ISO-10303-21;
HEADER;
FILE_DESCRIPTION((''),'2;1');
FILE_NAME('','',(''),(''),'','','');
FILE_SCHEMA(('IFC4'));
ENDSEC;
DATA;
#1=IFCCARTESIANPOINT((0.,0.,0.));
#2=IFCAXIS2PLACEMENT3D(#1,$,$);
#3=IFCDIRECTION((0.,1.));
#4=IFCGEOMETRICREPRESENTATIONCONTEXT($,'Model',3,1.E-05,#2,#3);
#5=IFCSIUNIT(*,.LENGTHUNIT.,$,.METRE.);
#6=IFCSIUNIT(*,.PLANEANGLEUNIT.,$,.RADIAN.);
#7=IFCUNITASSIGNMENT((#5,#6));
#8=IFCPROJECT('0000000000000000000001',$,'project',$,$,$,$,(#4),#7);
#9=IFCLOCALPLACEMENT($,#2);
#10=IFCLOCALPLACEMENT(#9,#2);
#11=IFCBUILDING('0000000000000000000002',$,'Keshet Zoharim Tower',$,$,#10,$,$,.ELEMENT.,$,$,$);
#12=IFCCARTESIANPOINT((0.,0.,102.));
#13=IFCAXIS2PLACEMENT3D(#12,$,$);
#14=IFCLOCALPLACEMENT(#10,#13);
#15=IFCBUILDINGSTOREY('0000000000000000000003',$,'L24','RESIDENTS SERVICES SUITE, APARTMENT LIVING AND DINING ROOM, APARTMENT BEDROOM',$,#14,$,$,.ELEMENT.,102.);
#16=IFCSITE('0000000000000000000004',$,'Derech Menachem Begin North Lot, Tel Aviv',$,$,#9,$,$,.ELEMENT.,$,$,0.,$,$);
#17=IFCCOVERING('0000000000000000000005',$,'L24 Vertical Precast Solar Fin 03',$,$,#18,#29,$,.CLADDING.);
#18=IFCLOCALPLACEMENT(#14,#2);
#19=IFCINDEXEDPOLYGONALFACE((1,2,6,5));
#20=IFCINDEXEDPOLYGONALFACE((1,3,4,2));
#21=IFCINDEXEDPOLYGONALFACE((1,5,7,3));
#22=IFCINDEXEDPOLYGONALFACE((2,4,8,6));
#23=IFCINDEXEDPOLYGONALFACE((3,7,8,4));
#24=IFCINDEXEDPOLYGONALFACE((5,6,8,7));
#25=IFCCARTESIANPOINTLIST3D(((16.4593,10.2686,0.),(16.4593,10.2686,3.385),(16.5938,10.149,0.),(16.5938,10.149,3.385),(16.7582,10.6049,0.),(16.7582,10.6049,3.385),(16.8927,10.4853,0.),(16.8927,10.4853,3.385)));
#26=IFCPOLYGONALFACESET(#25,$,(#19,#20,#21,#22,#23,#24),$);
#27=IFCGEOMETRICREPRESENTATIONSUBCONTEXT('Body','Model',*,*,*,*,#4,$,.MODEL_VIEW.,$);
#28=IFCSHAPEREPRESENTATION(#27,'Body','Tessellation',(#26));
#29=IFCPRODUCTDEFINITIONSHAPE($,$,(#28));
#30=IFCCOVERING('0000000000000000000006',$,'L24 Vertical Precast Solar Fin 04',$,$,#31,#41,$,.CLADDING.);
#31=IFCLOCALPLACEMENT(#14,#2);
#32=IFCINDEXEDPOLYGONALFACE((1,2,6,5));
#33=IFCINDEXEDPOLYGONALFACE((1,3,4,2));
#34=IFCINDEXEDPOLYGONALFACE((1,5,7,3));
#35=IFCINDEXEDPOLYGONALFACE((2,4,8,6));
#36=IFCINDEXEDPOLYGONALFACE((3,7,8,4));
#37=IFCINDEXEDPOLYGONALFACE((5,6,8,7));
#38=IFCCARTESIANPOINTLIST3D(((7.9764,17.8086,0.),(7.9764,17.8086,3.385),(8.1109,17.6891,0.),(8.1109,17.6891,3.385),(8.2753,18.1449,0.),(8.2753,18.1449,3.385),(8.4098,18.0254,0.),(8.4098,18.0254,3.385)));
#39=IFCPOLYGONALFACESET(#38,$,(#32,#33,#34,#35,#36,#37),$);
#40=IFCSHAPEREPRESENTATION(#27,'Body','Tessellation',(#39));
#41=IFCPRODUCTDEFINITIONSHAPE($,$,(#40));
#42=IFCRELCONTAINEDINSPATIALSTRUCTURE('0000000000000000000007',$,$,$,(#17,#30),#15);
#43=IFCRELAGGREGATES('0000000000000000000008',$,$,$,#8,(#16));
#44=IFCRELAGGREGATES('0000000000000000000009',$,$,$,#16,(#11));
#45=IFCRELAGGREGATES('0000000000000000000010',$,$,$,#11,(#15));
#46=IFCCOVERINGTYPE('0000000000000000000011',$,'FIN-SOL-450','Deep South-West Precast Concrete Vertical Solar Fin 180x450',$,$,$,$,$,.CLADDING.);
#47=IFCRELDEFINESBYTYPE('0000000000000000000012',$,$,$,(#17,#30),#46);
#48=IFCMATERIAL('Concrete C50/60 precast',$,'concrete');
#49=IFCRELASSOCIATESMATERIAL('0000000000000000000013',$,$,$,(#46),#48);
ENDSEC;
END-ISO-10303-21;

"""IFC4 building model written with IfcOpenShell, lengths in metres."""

from ifc_helpers import new_model, si_unit, direction, frame, origin, origin_2d, place, context, subcontext, project, spatial, rectangle, extrude, material, type_object, element, save


model = new_model("IFC4")

# Units and contexts
model_context = context("Model", 3, precision=1e-05, world=origin(), true_north=direction((0.0, 1.0)))
body_context = subcontext(model_context, "Body", "Model", "MODEL_VIEW")
ifc_project = project(units=[si_unit("LENGTHUNIT", "METRE"), si_unit("PLANEANGLEUNIT", "RADIAN")], contexts=[model_context])

# Site, building, storey
site_placement = place(None, origin())
site = spatial("IfcSite", under=ifc_project, at=site_placement, Name="Derech Menachem Begin North Lot, Tel Aviv", CompositionType="ELEMENT", RefElevation=0.0)
building_placement = place(site_placement, origin())
building = spatial("IfcBuilding", under=site, at=building_placement, Name="Keshet Zoharim Tower", CompositionType="ELEMENT")
storey_placement = place(building_placement, frame((0.0, 0.0, 102.0)))
storey = spatial("IfcBuildingStorey", under=building, at=storey_placement, Name="L24", Description="RESIDENTS SERVICES SUITE, APARTMENT LIVING AND DINING ROOM, APARTMENT BEDROOM", CompositionType="ELEMENT", Elevation=102.0)

# Coverings
ifc_material_1 = material(Name="Concrete C50/60 precast", Category="concrete")
covering_type = type_object("IfcCoveringType", Name="FIN-SOL-450", Description="Deep South-West Precast Concrete Vertical Solar Fin 180x450", PredefinedType="CLADDING", material=ifc_material_1)
for number, where, z_axis, x_axis, name in (
    (1, (16.676, 10.377, 0.0), (0.0, 0.0, 1.0), (-0.747409, 0.664364, 0.0), "L24 Vertical Precast Solar Fin 03"),
    (2, (8.1931, 17.917, 0.0), (0.0, 0.0, 1.0), (-0.747409, 0.664364, 0.0), "L24 Vertical Precast Solar Fin 04"),
):
    element("IfcCovering", number, at=place(storey_placement, frame(where, z_axis=z_axis, x_axis=x_axis)), inside=storey, type_object=covering_type, Name=name, PredefinedType="CLADDING", context=body_context, shape_type="SweptSolid", body=[
        extrude(rectangle(XDim=0.1799, YDim=0.45, at=origin_2d()), origin(), (0.0, 0.0, 1.0), 3.385),
    ])

save(model, "model.ifc")
